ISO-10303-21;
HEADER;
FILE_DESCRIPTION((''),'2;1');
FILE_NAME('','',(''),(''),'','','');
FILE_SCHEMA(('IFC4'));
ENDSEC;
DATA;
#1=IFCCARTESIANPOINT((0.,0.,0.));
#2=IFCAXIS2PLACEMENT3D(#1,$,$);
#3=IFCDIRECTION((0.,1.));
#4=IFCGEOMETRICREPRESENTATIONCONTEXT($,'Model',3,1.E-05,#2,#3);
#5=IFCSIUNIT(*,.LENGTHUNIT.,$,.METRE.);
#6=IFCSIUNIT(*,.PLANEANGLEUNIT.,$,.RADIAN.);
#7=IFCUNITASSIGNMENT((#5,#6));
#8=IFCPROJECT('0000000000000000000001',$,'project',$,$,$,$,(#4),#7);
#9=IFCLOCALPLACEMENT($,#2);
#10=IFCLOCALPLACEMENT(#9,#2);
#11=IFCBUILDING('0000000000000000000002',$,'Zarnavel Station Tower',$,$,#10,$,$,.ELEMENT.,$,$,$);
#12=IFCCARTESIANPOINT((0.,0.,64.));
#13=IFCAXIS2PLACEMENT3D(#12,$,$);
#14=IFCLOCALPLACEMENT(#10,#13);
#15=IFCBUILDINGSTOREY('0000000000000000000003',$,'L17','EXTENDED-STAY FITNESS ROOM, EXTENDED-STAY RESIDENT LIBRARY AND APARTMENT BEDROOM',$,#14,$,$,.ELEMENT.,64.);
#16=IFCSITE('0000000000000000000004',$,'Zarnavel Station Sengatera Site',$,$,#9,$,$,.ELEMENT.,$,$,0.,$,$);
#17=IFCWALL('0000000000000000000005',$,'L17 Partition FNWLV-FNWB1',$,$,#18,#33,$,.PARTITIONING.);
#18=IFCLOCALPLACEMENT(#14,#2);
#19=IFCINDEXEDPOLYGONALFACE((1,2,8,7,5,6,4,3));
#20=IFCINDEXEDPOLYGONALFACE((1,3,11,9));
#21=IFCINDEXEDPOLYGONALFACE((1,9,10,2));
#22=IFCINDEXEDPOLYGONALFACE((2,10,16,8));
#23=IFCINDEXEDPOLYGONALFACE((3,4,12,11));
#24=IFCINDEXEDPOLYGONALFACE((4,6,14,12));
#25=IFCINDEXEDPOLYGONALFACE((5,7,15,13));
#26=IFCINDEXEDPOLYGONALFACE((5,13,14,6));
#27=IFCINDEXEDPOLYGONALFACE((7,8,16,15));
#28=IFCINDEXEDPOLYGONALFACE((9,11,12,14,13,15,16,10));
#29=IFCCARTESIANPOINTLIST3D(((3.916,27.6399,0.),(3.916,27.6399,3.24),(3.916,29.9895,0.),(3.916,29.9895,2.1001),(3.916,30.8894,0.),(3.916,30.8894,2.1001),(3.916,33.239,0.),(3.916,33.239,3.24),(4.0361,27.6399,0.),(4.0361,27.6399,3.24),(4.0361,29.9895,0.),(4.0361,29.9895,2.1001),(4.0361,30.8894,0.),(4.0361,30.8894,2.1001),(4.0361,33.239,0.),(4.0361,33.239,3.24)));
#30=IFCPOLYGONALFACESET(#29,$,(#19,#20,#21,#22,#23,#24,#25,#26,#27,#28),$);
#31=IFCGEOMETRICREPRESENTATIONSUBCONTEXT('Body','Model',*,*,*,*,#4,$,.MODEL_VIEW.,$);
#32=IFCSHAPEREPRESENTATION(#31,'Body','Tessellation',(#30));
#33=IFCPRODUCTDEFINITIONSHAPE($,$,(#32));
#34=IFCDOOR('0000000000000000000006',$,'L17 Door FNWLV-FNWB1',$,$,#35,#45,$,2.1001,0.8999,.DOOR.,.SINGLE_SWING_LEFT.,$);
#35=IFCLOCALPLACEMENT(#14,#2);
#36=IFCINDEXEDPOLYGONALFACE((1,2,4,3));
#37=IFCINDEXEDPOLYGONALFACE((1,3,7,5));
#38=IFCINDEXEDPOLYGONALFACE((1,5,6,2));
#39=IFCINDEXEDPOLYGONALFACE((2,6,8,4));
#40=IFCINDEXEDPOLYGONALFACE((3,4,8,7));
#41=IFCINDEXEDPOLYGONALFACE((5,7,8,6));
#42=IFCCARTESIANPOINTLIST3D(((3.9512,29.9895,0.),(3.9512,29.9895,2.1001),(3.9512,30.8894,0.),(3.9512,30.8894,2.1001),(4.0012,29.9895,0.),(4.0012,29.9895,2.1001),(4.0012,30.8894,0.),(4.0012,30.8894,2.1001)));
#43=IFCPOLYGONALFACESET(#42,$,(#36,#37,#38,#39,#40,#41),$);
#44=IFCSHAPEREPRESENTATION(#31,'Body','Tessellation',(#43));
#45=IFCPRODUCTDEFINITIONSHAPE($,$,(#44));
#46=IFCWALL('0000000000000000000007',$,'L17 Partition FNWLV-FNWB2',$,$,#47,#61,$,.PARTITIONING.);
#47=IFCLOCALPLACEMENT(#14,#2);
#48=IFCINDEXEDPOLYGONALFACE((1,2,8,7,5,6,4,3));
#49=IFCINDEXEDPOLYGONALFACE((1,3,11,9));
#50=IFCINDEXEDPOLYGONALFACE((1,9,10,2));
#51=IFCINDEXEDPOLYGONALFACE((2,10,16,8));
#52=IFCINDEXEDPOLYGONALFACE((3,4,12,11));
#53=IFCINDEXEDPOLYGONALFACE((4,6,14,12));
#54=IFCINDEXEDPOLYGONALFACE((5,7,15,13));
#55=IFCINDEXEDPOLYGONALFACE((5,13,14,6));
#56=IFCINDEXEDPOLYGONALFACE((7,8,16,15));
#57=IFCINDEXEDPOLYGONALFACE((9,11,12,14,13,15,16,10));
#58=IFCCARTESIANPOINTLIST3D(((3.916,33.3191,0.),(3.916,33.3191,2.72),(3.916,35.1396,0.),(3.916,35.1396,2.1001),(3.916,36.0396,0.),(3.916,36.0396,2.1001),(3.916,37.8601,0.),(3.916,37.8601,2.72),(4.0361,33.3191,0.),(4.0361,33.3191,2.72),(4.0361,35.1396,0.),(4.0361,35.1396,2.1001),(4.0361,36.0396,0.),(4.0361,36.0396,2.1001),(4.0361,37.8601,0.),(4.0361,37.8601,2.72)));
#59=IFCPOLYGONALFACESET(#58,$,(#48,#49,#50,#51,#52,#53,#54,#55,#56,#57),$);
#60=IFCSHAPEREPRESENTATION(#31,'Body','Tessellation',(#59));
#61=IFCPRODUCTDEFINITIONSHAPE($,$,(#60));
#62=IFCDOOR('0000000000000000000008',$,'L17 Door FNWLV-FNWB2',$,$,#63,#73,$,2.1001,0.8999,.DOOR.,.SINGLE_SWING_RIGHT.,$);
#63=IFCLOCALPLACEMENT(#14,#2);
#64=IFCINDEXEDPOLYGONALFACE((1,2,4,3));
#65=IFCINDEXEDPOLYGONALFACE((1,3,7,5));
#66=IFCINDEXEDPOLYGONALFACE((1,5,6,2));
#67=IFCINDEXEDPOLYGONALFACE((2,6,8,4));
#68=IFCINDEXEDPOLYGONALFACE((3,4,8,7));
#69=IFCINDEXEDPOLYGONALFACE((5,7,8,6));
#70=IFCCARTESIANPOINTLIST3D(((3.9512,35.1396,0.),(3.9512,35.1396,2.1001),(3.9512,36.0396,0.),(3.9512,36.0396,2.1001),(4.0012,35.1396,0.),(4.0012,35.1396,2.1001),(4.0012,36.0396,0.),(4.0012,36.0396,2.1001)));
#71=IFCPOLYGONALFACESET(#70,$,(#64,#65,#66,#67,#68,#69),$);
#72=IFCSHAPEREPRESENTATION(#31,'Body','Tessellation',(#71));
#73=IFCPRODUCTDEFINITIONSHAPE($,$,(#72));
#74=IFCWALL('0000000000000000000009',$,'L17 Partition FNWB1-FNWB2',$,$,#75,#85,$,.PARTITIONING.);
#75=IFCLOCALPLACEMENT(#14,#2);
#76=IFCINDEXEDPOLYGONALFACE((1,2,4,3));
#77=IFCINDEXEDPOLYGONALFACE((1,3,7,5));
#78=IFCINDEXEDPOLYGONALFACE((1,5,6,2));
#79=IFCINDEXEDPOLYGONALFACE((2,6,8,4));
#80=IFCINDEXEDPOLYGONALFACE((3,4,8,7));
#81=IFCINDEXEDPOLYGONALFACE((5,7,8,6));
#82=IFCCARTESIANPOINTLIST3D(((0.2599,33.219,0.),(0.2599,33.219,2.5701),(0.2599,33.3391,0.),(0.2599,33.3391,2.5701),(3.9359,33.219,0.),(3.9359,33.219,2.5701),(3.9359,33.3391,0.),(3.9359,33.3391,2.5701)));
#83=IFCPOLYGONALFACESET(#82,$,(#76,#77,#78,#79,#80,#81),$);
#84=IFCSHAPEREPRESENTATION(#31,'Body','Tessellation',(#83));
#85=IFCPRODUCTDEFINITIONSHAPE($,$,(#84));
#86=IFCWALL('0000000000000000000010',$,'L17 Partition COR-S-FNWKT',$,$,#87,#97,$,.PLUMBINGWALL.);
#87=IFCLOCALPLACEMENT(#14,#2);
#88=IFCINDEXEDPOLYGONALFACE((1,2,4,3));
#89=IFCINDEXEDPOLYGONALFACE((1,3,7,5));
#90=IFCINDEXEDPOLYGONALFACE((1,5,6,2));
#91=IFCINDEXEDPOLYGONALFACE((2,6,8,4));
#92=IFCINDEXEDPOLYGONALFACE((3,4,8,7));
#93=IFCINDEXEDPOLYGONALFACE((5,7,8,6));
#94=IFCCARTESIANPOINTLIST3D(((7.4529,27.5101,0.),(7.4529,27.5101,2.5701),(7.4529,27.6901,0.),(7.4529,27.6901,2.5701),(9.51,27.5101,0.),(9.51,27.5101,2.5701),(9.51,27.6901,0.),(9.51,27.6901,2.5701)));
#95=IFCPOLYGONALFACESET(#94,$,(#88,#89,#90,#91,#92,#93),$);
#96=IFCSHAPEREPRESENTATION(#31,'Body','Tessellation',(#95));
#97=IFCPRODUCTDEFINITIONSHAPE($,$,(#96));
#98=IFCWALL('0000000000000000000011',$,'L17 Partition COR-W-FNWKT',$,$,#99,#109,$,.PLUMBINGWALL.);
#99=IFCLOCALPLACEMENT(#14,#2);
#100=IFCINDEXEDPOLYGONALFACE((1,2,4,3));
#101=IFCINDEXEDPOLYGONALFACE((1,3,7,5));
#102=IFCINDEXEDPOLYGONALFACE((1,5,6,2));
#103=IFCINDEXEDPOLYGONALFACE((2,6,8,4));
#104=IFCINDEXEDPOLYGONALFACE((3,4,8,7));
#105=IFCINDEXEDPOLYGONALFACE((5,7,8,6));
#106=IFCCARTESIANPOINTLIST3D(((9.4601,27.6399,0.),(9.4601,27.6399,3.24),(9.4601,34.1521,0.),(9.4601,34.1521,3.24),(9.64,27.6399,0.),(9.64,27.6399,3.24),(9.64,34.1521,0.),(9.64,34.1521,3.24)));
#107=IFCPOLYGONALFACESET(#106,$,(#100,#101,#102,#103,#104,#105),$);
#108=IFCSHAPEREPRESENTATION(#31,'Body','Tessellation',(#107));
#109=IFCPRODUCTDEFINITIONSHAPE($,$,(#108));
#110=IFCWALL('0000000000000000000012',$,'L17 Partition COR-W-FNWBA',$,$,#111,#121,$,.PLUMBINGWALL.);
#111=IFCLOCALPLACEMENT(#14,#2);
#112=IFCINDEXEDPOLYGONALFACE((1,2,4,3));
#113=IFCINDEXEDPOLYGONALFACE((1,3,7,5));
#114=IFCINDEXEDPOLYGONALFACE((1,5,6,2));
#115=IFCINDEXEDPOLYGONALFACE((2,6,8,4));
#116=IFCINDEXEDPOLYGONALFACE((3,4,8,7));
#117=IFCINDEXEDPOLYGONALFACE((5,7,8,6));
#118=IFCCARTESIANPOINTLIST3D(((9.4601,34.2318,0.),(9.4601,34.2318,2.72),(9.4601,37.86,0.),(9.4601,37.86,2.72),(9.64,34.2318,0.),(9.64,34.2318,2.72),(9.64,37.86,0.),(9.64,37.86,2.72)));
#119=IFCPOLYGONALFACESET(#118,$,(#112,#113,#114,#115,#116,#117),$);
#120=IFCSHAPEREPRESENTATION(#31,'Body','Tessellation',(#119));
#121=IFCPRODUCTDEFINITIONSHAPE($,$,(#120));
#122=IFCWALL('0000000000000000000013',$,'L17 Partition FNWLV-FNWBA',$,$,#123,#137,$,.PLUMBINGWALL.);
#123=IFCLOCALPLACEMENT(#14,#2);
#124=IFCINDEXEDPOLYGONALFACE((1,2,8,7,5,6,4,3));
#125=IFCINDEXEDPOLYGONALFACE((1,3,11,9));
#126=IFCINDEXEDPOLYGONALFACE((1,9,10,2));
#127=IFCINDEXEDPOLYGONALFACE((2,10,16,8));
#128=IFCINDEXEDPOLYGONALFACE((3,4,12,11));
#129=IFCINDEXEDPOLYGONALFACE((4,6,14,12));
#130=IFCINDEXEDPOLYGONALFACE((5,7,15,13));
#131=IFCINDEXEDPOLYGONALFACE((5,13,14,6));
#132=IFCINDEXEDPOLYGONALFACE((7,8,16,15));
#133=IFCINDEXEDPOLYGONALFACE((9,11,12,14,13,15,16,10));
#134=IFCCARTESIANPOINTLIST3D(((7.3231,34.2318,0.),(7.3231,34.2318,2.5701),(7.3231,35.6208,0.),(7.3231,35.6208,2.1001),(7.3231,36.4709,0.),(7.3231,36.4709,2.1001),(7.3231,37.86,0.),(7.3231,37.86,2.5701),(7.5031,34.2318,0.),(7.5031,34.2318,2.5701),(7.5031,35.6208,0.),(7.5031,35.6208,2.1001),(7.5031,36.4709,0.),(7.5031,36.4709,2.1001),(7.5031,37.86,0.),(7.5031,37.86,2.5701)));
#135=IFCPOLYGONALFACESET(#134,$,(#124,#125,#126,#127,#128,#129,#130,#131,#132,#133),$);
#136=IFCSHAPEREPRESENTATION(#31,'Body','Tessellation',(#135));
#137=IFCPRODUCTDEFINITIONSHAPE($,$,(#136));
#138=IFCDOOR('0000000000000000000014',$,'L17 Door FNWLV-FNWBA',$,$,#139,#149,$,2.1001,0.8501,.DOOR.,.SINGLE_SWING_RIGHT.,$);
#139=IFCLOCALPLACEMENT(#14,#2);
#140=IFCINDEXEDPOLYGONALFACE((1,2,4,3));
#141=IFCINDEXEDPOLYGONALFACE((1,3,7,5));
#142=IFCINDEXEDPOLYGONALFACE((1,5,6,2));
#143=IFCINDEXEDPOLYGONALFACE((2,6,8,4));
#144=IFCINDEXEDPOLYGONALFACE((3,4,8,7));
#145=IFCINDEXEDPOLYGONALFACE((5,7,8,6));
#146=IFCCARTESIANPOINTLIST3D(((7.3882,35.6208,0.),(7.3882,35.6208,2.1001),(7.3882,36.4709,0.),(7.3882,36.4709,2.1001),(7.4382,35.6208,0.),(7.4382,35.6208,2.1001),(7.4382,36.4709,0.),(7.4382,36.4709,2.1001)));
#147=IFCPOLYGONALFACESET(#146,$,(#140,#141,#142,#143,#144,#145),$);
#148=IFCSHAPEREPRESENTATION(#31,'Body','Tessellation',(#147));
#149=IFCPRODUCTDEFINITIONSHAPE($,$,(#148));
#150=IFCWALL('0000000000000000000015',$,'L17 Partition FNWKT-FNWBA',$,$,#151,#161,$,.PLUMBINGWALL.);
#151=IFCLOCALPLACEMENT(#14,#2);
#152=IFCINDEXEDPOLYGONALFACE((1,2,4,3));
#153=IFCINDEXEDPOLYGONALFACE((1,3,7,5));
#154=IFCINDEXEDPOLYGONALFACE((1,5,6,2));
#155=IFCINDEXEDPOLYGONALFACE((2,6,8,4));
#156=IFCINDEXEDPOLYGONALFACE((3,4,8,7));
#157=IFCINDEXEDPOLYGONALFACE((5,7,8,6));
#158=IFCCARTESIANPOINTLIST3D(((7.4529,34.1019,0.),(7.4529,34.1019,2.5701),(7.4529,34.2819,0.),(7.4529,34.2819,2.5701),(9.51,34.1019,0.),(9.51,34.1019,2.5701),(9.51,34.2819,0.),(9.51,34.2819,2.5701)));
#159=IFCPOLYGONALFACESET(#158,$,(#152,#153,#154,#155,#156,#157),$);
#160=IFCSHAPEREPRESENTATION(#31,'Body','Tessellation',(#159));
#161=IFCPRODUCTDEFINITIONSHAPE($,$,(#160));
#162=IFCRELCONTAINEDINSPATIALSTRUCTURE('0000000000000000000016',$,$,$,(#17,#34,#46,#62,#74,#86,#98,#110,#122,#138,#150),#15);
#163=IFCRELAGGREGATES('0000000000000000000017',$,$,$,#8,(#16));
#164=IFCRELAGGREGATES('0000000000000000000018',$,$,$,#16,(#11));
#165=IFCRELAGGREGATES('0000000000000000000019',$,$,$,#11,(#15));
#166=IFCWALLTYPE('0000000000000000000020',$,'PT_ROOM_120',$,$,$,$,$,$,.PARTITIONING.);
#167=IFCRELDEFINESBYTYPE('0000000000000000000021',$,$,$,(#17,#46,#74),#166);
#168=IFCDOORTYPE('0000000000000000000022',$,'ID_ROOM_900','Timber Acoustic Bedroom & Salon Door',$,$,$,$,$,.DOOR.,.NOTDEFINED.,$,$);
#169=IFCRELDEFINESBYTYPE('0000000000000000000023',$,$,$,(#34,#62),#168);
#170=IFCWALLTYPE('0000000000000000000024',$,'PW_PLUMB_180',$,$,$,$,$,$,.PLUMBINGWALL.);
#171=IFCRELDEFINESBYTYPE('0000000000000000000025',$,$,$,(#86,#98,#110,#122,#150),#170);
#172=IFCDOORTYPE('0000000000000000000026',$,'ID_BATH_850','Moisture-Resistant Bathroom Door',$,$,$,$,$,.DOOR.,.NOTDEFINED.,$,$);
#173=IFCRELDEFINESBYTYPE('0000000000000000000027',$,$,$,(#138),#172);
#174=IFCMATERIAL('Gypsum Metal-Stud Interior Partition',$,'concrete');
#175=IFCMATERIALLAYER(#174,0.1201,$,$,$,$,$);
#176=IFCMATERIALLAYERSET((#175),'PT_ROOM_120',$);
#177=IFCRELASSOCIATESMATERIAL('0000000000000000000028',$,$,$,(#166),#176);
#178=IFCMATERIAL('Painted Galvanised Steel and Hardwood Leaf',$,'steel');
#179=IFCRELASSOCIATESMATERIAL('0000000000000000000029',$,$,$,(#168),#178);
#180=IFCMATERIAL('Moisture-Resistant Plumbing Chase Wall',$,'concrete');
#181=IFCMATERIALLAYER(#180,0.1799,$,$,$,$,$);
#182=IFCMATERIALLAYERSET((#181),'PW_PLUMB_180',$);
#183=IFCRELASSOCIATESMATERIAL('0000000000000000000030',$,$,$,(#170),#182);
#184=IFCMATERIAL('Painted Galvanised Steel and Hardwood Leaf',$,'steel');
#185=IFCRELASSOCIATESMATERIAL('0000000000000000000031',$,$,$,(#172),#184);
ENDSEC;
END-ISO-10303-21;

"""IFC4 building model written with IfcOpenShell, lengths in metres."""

from ifc_helpers import new_model, si_unit, direction, frame, frame_2d, origin, place, context, subcontext, project, spatial, rectangle, extrude, material, layer, layer_set, type_object, element, fill, save


model = new_model("IFC4")

# Units and contexts
model_context = context("Model", 3, precision=1e-05, world=origin(), true_north=direction((0.0, 1.0)))
body_context = subcontext(model_context, "Body", "Model", "MODEL_VIEW")
ifc_project = project(units=[si_unit("LENGTHUNIT", "METRE"), si_unit("PLANEANGLEUNIT", "RADIAN")], contexts=[model_context])

# Site, building, storey
site_placement = place(None, origin())
site = spatial("IfcSite", under=ifc_project, at=site_placement, Name="Zarnavel Station Sengatera Site", CompositionType="ELEMENT", RefElevation=0.0)
building_placement = place(site_placement, origin())
building = spatial("IfcBuilding", under=site, at=building_placement, Name="Zarnavel Station Tower", CompositionType="ELEMENT")
storey_placement = place(building_placement, frame((0.0, 0.0, 64.0)))
storey = spatial("IfcBuildingStorey", under=building, at=storey_placement, Name="L17", Description="EXTENDED-STAY FITNESS ROOM, EXTENDED-STAY RESIDENT LIBRARY AND APARTMENT BEDROOM", CompositionType="ELEMENT", Elevation=64.0)

# Walls, openings, doors
ifc_material_1 = material(Name="Gypsum Metal-Stud Interior Partition", Category="concrete")
ifc_layer_1 = layer(ifc_material_1, 0.1201)
ifc_layer_set_1 = layer_set([ifc_layer_1], Name="PT_ROOM_120")
wall_type_1 = type_object("IfcWallType", Name="PT_ROOM_120", PredefinedType="PARTITIONING", material=ifc_layer_set_1)
wall_1_placement = place(storey_placement, frame((3.9761, 27.6399, 0.0), z_axis=(0.0, 0.0, 1.0), x_axis=(0.0, 1.0, 0.0)))
wall_1 = element("IfcWall", 1, at=wall_1_placement, inside=storey, type_object=wall_type_1, Name="L17 Partition FNWLV-FNWB1", PredefinedType="PARTITIONING", context=body_context, shape_type="SweptSolid", body=[
    extrude(rectangle(XDim=5.5991, YDim=0.1201, at=frame_2d((2.7996, 0.0))), origin(), (0.0, 0.0, 1.0), 3.24),
])
opening_1_placement = place(wall_1_placement, frame((2.3496, 0.0, 0.0)))
opening_1 = element("IfcOpeningElement", 2, at=opening_1_placement, cuts=wall_1, PredefinedType="OPENING", context=body_context, shape_type="SweptSolid", body=[
    extrude(rectangle(XDim=0.8999, YDim=2.1001, at=frame_2d((0.45, 1.05))), frame((0.0, 0.0701, 0.0), z_axis=(0.0, -1.0, 0.0), x_axis=(1.0, 0.0, 0.0)), (0.0, 0.0, 1.0), 0.1401),
])
ifc_material_2 = material(Name="Painted Galvanised Steel and Hardwood Leaf", Category="steel")
door_type_1 = type_object("IfcDoorType", Name="ID_ROOM_900", Description="Timber Acoustic Bedroom & Salon Door", OperationType="NOTDEFINED", PredefinedType="DOOR", material=ifc_material_2)
door_1_placement = place(opening_1_placement, origin())
door_1 = element("IfcDoor", 3, at=door_1_placement, inside=storey, type_object=door_type_1, Name="L17 Door FNWLV-FNWB1", OperationType="SINGLE_SWING_LEFT", OverallHeight=2.1001, OverallWidth=0.8999, PredefinedType="DOOR", context=body_context, shape_type="SweptSolid", body=[
    extrude(rectangle(XDim=0.8999, YDim=2.1001, at=frame_2d((0.45, 1.05))), frame((0.0, 0.0249, 0.0), z_axis=(0.0, -1.0, 0.0), x_axis=(1.0, 0.0, 0.0)), (0.0, 0.0, 1.0), 0.05),
])
fill(opening_1, door_1)
wall_2_placement = place(storey_placement, frame((3.9761, 33.3191, 0.0), z_axis=(0.0, 0.0, 1.0), x_axis=(0.0, 1.0, 0.0)))
wall_2 = element("IfcWall", 4, at=wall_2_placement, inside=storey, type_object=wall_type_1, Name="L17 Partition FNWLV-FNWB2", PredefinedType="PARTITIONING", context=body_context, shape_type="SweptSolid", body=[
    extrude(rectangle(XDim=4.541, YDim=0.1201, at=frame_2d((2.2705, 0.0))), origin(), (0.0, 0.0, 1.0), 2.72),
])
opening_2_placement = place(wall_2_placement, frame((1.8206, 0.0, 0.0)))
opening_2 = element("IfcOpeningElement", 5, at=opening_2_placement, cuts=wall_2, PredefinedType="OPENING", context=body_context, shape_type="SweptSolid", body=[
    extrude(rectangle(XDim=0.8999, YDim=2.1001, at=frame_2d((0.45, 1.05))), frame((0.0, 0.0701, 0.0), z_axis=(0.0, -1.0, 0.0), x_axis=(1.0, 0.0, 0.0)), (0.0, 0.0, 1.0), 0.1401),
])
door_2_placement = place(opening_2_placement, origin())
door_2 = element("IfcDoor", 6, at=door_2_placement, inside=storey, type_object=door_type_1, Name="L17 Door FNWLV-FNWB2", OperationType="SINGLE_SWING_RIGHT", OverallHeight=2.1001, OverallWidth=0.8999, PredefinedType="DOOR", context=body_context, shape_type="SweptSolid", body=[
    extrude(rectangle(XDim=0.8999, YDim=2.1001, at=frame_2d((0.45, 1.05))), frame((0.0, 0.0249, 0.0), z_axis=(0.0, -1.0, 0.0), x_axis=(1.0, 0.0, 0.0)), (0.0, 0.0, 1.0), 0.05),
])
fill(opening_2, door_2)

# Walls
wall_3_placement = place(storey_placement, frame((0.26, 33.2791, 0.0), z_axis=(0.0, 0.0, 1.0), x_axis=(1.0, 0.0, 0.0)))
element("IfcWall", 7, at=wall_3_placement, inside=storey, type_object=wall_type_1, Name="L17 Partition FNWB1-FNWB2", PredefinedType="PARTITIONING", context=body_context, shape_type="SweptSolid", body=[
    extrude(rectangle(XDim=3.676, YDim=0.1201, at=frame_2d((1.8379, 0.0))), origin(), (0.0, 0.0, 1.0), 2.5701),
])
ifc_material_3 = material(Name="Moisture-Resistant Plumbing Chase Wall", Category="concrete")
ifc_layer_2 = layer(ifc_material_3, 0.1799)
ifc_layer_set_2 = layer_set([ifc_layer_2], Name="PW_PLUMB_180")
wall_type_2 = type_object("IfcWallType", Name="PW_PLUMB_180", PredefinedType="PLUMBINGWALL", material=ifc_layer_set_2)
wall_4_placement = place(storey_placement, frame((7.4529, 27.6001, 0.0), z_axis=(0.0, 0.0, 1.0), x_axis=(1.0, 0.0, 0.0)))
element("IfcWall", 8, at=wall_4_placement, inside=storey, type_object=wall_type_2, Name="L17 Partition COR-S-FNWKT", PredefinedType="PLUMBINGWALL", context=body_context, shape_type="SweptSolid", body=[
    extrude(rectangle(XDim=2.0571, YDim=0.1799, at=frame_2d((1.0286, 0.0))), origin(), (0.0, 0.0, 1.0), 2.5701),
])
wall_5_placement = place(storey_placement, frame((9.55, 27.6399, 0.0), z_axis=(0.0, 0.0, 1.0), x_axis=(0.0, 1.0, 0.0)))
element("IfcWall", 9, at=wall_5_placement, inside=storey, type_object=wall_type_2, Name="L17 Partition COR-W-FNWKT", PredefinedType="PLUMBINGWALL", context=body_context, shape_type="SweptSolid", body=[
    extrude(rectangle(XDim=6.5122, YDim=0.1799, at=frame_2d((3.2561, 0.0))), origin(), (0.0, 0.0, 1.0), 3.24),
])
wall_6_placement = place(storey_placement, frame((9.55, 34.2319, 0.0), z_axis=(0.0, 0.0, 1.0), x_axis=(0.0, 1.0, 0.0)))
element("IfcWall", 10, at=wall_6_placement, inside=storey, type_object=wall_type_2, Name="L17 Partition COR-W-FNWBA", PredefinedType="PLUMBINGWALL", context=body_context, shape_type="SweptSolid", body=[
    extrude(rectangle(XDim=3.6282, YDim=0.1799, at=frame_2d((1.814, 0.0))), origin(), (0.0, 0.0, 1.0), 2.72),
])

# Wall, opening, door
wall_7_placement = place(storey_placement, frame((7.4131, 34.2319, 0.0), z_axis=(0.0, 0.0, 1.0), x_axis=(0.0, 1.0, 0.0)))
wall_7 = element("IfcWall", 11, at=wall_7_placement, inside=storey, type_object=wall_type_2, Name="L17 Partition FNWLV-FNWBA", PredefinedType="PLUMBINGWALL", context=body_context, shape_type="SweptSolid", body=[
    extrude(rectangle(XDim=3.6282, YDim=0.1799, at=frame_2d((1.814, 0.0))), origin(), (0.0, 0.0, 1.0), 2.5701),
])
opening_3_placement = place(wall_7_placement, frame((1.3889, 0.0, 0.0)))
opening_3 = element("IfcOpeningElement", 12, at=opening_3_placement, cuts=wall_7, PredefinedType="OPENING", context=body_context, shape_type="SweptSolid", body=[
    extrude(rectangle(XDim=0.8501, YDim=2.1001, at=frame_2d((0.425, 1.05))), frame((0.0, 0.0999, 0.0), z_axis=(0.0, -1.0, 0.0), x_axis=(1.0, 0.0, 0.0)), (0.0, 0.0, 1.0), 0.2),
])
ifc_material_4 = material(Name="Painted Galvanised Steel and Hardwood Leaf", Category="steel")
door_type_2 = type_object("IfcDoorType", Name="ID_BATH_850", Description="Moisture-Resistant Bathroom Door", OperationType="NOTDEFINED", PredefinedType="DOOR", material=ifc_material_4)
door_3_placement = place(opening_3_placement, origin())
door_3 = element("IfcDoor", 13, at=door_3_placement, inside=storey, type_object=door_type_2, Name="L17 Door FNWLV-FNWBA", OperationType="SINGLE_SWING_RIGHT", OverallHeight=2.1001, OverallWidth=0.8501, PredefinedType="DOOR", context=body_context, shape_type="SweptSolid", body=[
    extrude(rectangle(XDim=0.8501, YDim=2.1001, at=frame_2d((0.425, 1.05))), frame((0.0, 0.0249, 0.0), z_axis=(0.0, -1.0, 0.0), x_axis=(1.0, 0.0, 0.0)), (0.0, 0.0, 1.0), 0.05),
])
fill(opening_3, door_3)

# Wall
wall_8_placement = place(storey_placement, frame((7.4529, 34.1919, 0.0), z_axis=(0.0, 0.0, 1.0), x_axis=(1.0, 0.0, 0.0)))
element("IfcWall", 14, at=wall_8_placement, inside=storey, type_object=wall_type_2, Name="L17 Partition FNWKT-FNWBA", PredefinedType="PLUMBINGWALL", context=body_context, shape_type="SweptSolid", body=[
    extrude(rectangle(XDim=2.0571, YDim=0.1799, at=frame_2d((1.0286, 0.0))), origin(), (0.0, 0.0, 1.0), 2.5701),
])

save(model, "model.ifc")
